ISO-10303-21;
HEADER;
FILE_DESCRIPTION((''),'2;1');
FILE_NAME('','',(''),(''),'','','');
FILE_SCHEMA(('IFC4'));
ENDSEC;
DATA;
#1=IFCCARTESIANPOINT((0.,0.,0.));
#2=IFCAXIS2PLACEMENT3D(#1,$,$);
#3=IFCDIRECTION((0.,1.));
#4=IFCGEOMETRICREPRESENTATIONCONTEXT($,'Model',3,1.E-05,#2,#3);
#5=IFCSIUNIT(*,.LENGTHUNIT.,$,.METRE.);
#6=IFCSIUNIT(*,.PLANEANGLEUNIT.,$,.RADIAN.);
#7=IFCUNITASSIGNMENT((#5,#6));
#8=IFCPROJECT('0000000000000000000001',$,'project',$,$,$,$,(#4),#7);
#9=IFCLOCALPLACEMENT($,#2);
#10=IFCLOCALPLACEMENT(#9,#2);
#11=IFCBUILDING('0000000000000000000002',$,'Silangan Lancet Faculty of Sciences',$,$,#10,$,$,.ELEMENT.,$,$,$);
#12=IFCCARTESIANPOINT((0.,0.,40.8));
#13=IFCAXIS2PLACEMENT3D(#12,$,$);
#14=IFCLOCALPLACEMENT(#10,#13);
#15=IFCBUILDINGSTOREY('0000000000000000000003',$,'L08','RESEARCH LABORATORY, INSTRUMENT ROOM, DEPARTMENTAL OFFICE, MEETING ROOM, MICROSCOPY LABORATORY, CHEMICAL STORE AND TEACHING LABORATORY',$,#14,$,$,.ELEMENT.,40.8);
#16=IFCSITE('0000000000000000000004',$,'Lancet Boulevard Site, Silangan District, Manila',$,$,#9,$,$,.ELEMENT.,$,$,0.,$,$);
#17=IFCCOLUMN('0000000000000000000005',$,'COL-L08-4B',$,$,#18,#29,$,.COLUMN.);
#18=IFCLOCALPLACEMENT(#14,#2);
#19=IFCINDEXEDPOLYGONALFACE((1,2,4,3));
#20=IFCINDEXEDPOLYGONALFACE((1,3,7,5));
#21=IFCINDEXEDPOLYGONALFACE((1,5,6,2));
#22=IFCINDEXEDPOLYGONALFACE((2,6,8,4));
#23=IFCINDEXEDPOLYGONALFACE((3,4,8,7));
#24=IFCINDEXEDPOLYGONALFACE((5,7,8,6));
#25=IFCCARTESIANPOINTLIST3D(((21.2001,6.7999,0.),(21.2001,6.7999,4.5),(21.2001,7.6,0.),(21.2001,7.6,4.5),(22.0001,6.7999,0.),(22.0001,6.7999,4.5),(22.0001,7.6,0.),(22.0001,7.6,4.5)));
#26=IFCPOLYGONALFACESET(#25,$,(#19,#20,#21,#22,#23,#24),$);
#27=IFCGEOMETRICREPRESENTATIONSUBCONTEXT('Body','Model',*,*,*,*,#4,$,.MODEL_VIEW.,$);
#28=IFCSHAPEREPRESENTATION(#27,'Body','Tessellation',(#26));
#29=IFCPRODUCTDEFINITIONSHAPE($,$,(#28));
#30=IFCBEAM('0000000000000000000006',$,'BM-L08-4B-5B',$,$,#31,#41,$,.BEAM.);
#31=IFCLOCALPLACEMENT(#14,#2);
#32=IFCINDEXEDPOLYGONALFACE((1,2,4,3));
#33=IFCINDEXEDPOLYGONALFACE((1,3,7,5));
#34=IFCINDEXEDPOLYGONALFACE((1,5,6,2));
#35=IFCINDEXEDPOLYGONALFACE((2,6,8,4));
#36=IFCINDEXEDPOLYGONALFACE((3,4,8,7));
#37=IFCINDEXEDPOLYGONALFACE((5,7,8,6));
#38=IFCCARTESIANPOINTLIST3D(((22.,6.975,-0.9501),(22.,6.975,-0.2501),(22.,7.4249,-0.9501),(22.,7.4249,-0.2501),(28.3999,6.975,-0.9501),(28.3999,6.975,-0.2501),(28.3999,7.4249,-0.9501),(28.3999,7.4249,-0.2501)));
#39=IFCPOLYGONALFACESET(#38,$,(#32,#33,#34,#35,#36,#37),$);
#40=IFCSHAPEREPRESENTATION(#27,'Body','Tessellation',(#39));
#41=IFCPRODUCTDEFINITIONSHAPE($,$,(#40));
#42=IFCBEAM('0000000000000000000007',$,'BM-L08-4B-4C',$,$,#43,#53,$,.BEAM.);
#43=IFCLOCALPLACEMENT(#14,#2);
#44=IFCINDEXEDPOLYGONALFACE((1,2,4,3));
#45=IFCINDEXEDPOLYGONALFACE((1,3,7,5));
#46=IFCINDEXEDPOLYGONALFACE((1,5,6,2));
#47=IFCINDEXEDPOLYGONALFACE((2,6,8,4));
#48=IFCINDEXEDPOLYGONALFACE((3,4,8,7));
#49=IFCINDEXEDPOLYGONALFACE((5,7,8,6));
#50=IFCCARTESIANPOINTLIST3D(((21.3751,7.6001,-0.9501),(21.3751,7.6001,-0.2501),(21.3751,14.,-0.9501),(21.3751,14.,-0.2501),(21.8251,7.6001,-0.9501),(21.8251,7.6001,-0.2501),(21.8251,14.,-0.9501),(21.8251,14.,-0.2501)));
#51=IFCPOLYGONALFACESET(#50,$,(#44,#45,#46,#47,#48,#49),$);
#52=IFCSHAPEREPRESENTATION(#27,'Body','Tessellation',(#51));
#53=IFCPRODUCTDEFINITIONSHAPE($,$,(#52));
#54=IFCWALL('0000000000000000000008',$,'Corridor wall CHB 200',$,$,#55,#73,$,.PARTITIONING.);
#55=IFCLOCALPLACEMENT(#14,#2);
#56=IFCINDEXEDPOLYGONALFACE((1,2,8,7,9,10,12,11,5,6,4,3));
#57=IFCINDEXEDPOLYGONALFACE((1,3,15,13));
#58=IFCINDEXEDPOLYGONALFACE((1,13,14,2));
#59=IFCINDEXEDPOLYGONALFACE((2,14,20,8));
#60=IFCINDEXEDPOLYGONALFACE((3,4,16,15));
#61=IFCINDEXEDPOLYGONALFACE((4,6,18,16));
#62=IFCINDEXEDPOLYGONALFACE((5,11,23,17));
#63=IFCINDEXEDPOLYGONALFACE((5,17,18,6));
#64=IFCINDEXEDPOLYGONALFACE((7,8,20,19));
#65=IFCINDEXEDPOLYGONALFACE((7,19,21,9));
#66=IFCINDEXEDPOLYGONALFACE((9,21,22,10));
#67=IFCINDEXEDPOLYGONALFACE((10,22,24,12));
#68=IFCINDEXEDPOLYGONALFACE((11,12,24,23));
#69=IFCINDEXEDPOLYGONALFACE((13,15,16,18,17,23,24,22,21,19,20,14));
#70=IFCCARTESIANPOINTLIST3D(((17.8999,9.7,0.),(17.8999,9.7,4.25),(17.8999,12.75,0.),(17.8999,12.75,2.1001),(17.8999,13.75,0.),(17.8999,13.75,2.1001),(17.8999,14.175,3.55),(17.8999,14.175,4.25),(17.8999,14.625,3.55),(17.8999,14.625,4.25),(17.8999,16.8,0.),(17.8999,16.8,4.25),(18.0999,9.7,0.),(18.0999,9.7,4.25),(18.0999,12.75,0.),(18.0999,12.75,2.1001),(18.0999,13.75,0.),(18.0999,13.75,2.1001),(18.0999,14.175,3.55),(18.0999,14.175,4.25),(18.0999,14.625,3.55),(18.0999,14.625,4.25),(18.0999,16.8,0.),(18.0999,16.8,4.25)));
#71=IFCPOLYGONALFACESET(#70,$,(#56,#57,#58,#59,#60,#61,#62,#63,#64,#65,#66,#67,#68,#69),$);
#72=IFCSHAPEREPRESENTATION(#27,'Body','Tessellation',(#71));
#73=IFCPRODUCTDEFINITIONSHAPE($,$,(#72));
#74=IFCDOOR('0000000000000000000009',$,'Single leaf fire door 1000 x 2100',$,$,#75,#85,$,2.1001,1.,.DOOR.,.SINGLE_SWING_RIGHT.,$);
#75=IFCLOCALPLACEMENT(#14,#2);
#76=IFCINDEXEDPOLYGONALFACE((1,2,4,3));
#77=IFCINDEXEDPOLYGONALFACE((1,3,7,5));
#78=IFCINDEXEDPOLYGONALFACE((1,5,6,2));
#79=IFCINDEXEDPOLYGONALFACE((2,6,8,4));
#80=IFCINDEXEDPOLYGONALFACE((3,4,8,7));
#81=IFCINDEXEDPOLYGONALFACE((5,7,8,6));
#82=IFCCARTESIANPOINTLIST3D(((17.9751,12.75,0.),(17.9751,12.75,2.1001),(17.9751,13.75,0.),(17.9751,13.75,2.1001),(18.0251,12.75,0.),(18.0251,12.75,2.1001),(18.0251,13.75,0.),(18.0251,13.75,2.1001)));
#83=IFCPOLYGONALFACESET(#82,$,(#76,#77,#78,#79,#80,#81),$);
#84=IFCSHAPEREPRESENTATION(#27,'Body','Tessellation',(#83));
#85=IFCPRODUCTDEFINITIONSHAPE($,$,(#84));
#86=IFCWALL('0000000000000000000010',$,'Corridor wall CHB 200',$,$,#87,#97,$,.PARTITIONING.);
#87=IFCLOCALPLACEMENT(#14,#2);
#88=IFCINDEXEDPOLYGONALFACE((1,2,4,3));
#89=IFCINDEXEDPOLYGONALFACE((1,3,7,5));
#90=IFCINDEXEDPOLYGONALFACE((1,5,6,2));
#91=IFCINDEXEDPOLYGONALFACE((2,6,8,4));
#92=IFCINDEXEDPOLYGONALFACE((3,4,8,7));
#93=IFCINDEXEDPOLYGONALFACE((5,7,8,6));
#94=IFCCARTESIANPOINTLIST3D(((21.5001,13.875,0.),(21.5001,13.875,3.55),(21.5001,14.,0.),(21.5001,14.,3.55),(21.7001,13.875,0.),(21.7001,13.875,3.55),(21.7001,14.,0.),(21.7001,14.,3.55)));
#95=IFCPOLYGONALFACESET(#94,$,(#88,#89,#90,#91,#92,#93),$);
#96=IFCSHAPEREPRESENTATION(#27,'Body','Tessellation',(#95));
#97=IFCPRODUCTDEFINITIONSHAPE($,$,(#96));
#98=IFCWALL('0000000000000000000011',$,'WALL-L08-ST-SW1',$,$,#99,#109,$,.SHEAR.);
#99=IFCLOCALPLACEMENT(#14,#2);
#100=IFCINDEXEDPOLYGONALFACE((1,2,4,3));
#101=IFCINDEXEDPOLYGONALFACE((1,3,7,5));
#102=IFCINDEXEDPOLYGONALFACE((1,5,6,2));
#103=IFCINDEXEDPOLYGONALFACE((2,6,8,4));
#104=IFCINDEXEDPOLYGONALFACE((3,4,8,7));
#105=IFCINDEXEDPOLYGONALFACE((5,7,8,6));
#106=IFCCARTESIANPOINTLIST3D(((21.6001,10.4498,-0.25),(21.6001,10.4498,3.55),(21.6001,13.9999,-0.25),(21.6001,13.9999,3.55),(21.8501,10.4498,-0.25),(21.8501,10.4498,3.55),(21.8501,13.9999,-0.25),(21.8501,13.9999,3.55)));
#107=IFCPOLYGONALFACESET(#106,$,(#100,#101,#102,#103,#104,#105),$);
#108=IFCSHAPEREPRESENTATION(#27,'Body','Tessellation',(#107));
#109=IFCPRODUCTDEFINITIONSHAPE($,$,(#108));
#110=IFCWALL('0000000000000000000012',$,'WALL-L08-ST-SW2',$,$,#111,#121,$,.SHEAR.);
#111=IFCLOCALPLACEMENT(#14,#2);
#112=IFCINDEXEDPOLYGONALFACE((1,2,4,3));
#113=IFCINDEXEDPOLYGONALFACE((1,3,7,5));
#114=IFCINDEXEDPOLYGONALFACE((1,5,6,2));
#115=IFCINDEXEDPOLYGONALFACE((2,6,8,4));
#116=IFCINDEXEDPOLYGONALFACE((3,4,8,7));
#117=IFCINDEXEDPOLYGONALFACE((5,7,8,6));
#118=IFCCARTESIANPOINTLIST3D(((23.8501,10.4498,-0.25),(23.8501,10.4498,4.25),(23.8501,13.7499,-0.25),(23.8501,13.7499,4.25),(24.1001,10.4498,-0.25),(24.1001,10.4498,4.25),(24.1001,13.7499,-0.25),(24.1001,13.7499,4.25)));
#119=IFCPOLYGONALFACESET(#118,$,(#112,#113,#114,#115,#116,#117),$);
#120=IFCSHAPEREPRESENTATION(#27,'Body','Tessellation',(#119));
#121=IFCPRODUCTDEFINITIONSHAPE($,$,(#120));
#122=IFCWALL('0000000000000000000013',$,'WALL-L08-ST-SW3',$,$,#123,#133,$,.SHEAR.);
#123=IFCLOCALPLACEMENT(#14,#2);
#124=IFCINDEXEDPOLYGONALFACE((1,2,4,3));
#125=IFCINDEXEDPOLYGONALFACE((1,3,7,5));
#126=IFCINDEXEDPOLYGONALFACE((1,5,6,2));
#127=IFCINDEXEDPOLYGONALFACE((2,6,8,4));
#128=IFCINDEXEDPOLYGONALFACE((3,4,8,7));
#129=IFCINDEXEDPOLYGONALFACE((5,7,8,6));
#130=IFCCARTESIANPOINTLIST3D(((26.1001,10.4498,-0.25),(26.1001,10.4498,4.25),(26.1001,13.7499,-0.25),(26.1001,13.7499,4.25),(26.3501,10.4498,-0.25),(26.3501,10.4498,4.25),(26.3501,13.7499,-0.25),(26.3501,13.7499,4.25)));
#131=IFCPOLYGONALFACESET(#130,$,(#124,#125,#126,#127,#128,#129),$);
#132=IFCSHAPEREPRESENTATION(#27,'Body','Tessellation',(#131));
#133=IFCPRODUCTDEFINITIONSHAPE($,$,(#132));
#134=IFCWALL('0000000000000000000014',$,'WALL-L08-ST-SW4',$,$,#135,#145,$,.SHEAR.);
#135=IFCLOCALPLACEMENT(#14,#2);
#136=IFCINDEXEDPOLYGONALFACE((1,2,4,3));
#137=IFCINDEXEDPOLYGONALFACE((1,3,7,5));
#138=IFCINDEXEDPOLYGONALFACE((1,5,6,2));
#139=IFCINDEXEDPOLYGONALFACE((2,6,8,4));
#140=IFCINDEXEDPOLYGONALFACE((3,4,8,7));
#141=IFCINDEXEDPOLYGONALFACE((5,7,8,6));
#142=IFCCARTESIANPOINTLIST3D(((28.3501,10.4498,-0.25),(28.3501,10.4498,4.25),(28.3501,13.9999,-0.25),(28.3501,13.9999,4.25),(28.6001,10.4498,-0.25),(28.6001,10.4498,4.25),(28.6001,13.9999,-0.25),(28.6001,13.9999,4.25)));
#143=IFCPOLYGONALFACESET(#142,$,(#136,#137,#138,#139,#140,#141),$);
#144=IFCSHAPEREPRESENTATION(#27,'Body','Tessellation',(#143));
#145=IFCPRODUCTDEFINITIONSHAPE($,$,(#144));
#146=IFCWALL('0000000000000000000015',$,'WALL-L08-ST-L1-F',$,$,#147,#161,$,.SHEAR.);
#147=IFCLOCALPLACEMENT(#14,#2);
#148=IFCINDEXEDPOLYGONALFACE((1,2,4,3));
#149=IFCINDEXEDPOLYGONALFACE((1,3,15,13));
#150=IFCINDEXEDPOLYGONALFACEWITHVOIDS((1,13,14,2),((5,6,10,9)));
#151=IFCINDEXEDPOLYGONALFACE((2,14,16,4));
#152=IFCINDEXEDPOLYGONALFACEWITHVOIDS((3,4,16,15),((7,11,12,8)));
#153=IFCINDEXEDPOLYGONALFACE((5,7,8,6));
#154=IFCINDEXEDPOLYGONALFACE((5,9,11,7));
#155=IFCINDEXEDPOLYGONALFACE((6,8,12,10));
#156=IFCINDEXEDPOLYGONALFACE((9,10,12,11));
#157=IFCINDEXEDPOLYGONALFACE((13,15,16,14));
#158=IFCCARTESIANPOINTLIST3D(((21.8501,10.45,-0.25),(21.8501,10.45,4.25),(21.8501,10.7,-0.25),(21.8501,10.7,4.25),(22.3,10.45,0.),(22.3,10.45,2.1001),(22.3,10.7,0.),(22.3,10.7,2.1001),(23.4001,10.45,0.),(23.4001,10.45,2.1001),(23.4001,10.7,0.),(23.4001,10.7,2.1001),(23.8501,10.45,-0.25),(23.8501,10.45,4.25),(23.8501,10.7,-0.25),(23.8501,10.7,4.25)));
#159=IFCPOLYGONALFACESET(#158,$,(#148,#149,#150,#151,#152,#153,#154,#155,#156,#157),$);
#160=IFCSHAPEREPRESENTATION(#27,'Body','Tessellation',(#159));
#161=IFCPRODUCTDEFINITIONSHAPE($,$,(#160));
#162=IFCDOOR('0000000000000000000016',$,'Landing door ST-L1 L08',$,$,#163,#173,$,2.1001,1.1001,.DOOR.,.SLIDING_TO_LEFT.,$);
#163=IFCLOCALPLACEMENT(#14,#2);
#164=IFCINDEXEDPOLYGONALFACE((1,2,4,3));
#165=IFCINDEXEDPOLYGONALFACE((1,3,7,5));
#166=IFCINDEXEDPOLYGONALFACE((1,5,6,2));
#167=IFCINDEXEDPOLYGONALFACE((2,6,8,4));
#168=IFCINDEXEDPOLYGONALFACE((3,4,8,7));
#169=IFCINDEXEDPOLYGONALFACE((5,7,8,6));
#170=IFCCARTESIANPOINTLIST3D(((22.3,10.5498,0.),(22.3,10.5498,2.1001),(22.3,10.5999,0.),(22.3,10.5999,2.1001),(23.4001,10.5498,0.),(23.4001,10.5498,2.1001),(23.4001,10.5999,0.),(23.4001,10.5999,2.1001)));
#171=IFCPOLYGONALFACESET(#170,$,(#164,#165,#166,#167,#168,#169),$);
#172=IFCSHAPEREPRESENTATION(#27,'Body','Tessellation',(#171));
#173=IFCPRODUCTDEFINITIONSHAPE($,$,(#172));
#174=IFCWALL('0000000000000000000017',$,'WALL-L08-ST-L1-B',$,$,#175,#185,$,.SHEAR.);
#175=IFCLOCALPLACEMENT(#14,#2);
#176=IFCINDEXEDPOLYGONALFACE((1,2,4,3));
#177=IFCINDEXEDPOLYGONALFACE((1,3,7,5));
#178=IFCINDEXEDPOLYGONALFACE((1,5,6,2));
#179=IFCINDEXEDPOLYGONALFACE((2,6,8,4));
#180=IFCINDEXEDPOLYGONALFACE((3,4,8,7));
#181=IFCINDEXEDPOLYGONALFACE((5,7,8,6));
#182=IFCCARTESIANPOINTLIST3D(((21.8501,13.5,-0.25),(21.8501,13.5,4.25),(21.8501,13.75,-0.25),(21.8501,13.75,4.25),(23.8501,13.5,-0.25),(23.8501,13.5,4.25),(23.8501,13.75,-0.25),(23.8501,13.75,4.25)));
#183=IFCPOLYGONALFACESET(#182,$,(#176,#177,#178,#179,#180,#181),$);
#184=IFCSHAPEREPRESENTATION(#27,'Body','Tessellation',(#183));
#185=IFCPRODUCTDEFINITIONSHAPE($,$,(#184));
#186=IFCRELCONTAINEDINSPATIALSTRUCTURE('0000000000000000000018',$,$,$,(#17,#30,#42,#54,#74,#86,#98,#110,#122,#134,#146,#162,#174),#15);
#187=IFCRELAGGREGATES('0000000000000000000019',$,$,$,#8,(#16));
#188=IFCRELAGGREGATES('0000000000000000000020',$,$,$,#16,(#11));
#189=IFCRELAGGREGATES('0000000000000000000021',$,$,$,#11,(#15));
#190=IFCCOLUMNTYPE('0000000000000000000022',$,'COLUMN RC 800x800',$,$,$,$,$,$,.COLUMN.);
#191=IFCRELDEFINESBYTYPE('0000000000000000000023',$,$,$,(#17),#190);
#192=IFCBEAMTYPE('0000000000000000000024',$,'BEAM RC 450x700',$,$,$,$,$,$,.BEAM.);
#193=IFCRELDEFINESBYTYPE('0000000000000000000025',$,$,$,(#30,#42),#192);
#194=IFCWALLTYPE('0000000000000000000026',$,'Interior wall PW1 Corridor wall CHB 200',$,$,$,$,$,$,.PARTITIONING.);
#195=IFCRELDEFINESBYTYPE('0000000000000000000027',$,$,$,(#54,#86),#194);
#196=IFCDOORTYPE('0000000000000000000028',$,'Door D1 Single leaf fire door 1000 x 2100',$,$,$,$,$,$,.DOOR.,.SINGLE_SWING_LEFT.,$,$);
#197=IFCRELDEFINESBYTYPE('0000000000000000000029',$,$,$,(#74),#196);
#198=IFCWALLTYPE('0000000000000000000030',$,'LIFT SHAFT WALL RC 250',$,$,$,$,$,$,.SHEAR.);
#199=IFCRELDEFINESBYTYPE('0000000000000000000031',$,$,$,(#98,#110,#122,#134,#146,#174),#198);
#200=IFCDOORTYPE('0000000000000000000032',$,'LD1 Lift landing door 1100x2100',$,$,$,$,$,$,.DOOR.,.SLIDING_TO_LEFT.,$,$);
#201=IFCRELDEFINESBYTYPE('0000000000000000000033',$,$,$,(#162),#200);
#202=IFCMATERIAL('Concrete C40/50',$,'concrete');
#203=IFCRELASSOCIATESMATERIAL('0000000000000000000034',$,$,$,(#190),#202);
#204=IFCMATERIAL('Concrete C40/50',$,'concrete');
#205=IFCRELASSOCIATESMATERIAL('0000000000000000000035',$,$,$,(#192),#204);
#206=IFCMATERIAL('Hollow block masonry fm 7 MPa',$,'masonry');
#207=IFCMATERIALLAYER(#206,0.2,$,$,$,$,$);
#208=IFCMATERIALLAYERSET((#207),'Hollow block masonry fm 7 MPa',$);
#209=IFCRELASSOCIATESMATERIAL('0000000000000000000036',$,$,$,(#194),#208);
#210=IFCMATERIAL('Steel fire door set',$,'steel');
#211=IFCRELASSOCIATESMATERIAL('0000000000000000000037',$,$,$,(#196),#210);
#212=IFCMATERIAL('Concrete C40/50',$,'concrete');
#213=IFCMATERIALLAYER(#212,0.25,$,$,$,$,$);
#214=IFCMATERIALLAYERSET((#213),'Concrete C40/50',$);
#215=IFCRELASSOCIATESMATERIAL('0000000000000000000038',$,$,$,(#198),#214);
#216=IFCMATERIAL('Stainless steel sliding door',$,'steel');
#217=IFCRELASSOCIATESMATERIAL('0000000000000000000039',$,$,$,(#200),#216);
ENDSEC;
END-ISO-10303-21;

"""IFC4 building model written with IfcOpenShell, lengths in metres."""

from ifc_helpers import new_model, si_unit, direction, frame, frame_2d, origin, origin_2d, place, context, subcontext, project, spatial, polyline, rectangle, outline, extrude, material, layer, layer_set, material_profile, profile_set, type_object, element, fill, save


model = new_model("IFC4")

# Units and contexts
model_context = context("Model", 3, precision=1e-05, world=origin(), true_north=direction((0.0, 1.0)))
body_context = subcontext(model_context, "Body", "Model", "MODEL_VIEW")
ifc_project = project(units=[si_unit("LENGTHUNIT", "METRE"), si_unit("PLANEANGLEUNIT", "RADIAN")], contexts=[model_context])

# Site, building, storey
site_placement = place(None, origin())
site = spatial("IfcSite", under=ifc_project, at=site_placement, Name="Lancet Boulevard Site, Silangan District, Manila", CompositionType="ELEMENT", RefElevation=0.0)
building_placement = place(site_placement, origin())
building = spatial("IfcBuilding", under=site, at=building_placement, Name="Silangan Lancet Faculty of Sciences", CompositionType="ELEMENT")
storey_placement = place(building_placement, frame((0.0, 0.0, 40.8)))
storey = spatial("IfcBuildingStorey", under=building, at=storey_placement, Name="L08", Description="RESEARCH LABORATORY, INSTRUMENT ROOM, DEPARTMENTAL OFFICE, MEETING ROOM, MICROSCOPY LABORATORY, CHEMICAL STORE AND TEACHING LABORATORY", CompositionType="ELEMENT", Elevation=40.8)

# Column
ifc_material_1 = material(Name="Concrete C40/50", Category="concrete")
ifc_material_profile_1 = material_profile(ifc_material_1, rectangle(XDim=0.8, YDim=0.8, at=origin_2d()), Name="RC 800x800")
ifc_profile_set_1 = profile_set([ifc_material_profile_1], Name="Concrete C40/50")
column_type = type_object("IfcColumnType", Name="COLUMN RC 800x800", PredefinedType="COLUMN", material=ifc_profile_set_1)
column_placement = place(storey_placement, frame((21.6001, 7.2, 0.0), z_axis=(0.0, 0.0, 1.0), x_axis=(1.0, 0.0, 0.0)))
element("IfcColumn", 1, at=column_placement, inside=storey, type_object=column_type, Name="COL-L08-4B", PredefinedType="COLUMN", context=body_context, shape_type="SweptSolid", body=[
    extrude(rectangle(XDim=0.8, YDim=0.8, at=origin_2d()), origin(), (0.0, 0.0, 1.0), 4.5),
])

# Beams
ifc_material_2 = material(Name="Concrete C40/50", Category="concrete")
ifc_material_profile_2 = material_profile(ifc_material_2, rectangle(XDim=0.45, YDim=0.7, at=origin_2d()), Name="RC 450x700")
ifc_profile_set_2 = profile_set([ifc_material_profile_2], Name="Concrete C40/50")
beam_type = type_object("IfcBeamType", Name="BEAM RC 450x700", PredefinedType="BEAM", material=ifc_profile_set_2)
for number, where, z_axis, x_axis, name in (
    (2, (22.0, 7.2, -0.6001), (1.0, 0.0, 0.0), (0.0, 1.0, 0.0), "BM-L08-4B-5B"),
    (3, (21.6001, 7.6001, -0.6001), (0.0, 1.0, 0.0), (-1.0, 0.0, 0.0), "BM-L08-4B-4C"),
):
    element("IfcBeam", number, at=place(storey_placement, frame(where, z_axis=z_axis, x_axis=x_axis)), inside=storey, type_object=beam_type, Name=name, PredefinedType="BEAM", context=body_context, shape_type="SweptSolid", body=[
        extrude(rectangle(XDim=0.45, YDim=0.7, at=origin_2d()), origin(), (0.0, 0.0, 1.0), 6.3999),
    ])

# Wall, opening, door
ifc_material_3 = material(Name="Hollow block masonry fm 7 MPa", Category="masonry")
ifc_layer_1 = layer(ifc_material_3, 0.2)
ifc_layer_set_1 = layer_set([ifc_layer_1], Name="Hollow block masonry fm 7 MPa")
wall_type_1 = type_object("IfcWallType", Name="Interior wall PW1 Corridor wall CHB 200", PredefinedType="PARTITIONING", material=ifc_layer_set_1)
wall_1_placement = place(storey_placement, frame((18.0, 9.7, 0.0), z_axis=(0.0, 0.0, 1.0), x_axis=(0.0, 1.0, 0.0)))
wall_1 = element("IfcWall", 4, at=wall_1_placement, inside=storey, type_object=wall_type_1, Name="Corridor wall CHB 200", PredefinedType="PARTITIONING", context=body_context, shape_type="SweptSolid", body=[
    extrude(outline(polyline([(0.0, 0.0), (7.1001, 0.0), (7.1001, 4.25), (4.925, 4.25), (4.925, 3.55), (4.4751, 3.55), (4.4751, 4.25), (0.0, 4.25), (0.0, 0.0)])), frame((0.0, 0.1001, 0.0), z_axis=(0.0, -1.0, 0.0), x_axis=(1.0, 0.0, 0.0)), (0.0, 0.0, 1.0), 0.2),
])
opening_1_placement = place(wall_1_placement, frame((3.05, 0.0, 0.0)))
opening_1 = element("IfcOpeningElement", 5, at=opening_1_placement, cuts=wall_1, PredefinedType="OPENING", context=body_context, shape_type="SweptSolid", body=[
    extrude(rectangle(XDim=1.0, YDim=2.1001, at=frame_2d((0.5, 1.05))), frame((0.0, 0.1099, 0.0), z_axis=(0.0, -1.0, 0.0), x_axis=(1.0, 0.0, 0.0)), (0.0, 0.0, 1.0), 0.22),
])
ifc_material_4 = material(Name="Steel fire door set", Category="steel")
door_type_1 = type_object("IfcDoorType", Name="Door D1 Single leaf fire door 1000 x 2100", OperationType="SINGLE_SWING_LEFT", PredefinedType="DOOR", material=ifc_material_4)
door_1_placement = place(opening_1_placement, origin())
door_1 = element("IfcDoor", 6, at=door_1_placement, inside=storey, type_object=door_type_1, Name="Single leaf fire door 1000 x 2100", OperationType="SINGLE_SWING_RIGHT", OverallHeight=2.1001, OverallWidth=1.0, PredefinedType="DOOR", context=body_context, shape_type="SweptSolid", body=[
    extrude(rectangle(XDim=1.0, YDim=2.1001, at=frame_2d((0.5, 1.05))), frame((0.0, 0.0249, 0.0), z_axis=(0.0, -1.0, 0.0), x_axis=(1.0, 0.0, 0.0)), (0.0, 0.0, 1.0), 0.05),
])
fill(opening_1, door_1)

# Wall
wall_2_placement = place(storey_placement, frame((21.6001, 13.875, 0.0), z_axis=(0.0, 0.0, 1.0), x_axis=(0.0, 1.0, 0.0)))
element("IfcWall", 7, at=wall_2_placement, inside=storey, type_object=wall_type_1, Name="Corridor wall CHB 200", PredefinedType="PARTITIONING", context=body_context, shape_type="SweptSolid", body=[
    extrude(rectangle(XDim=0.125, YDim=0.2, at=frame_2d((0.0625, 0.0))), origin(), (0.0, 0.0, 1.0), 3.55),
])

# Walls
ifc_material_5 = material(Name="Concrete C40/50", Category="concrete")
ifc_layer_2 = layer(ifc_material_5, 0.25)
ifc_layer_set_2 = layer_set([ifc_layer_2], Name="Concrete C40/50")
wall_type_2 = type_object("IfcWallType", Name="LIFT SHAFT WALL RC 250", PredefinedType="SHEAR", material=ifc_layer_set_2)
wall_3_placement = place(storey_placement, frame((21.7251, 10.45, -0.25), z_axis=(0.0, 0.0, 1.0), x_axis=(0.0, 1.0, 0.0)))
element("IfcWall", 8, at=wall_3_placement, inside=storey, type_object=wall_type_2, Name="WALL-L08-ST-SW1", PredefinedType="SHEAR", context=body_context, shape_type="SweptSolid", body=[
    extrude(rectangle(XDim=3.55, YDim=0.25, at=frame_2d((1.7749, 0.0))), origin(), (0.0, 0.0, 1.0), 3.8),
])
for number, where, z_axis, x_axis, name in (
    (9, (23.9751, 10.45, -0.25), (0.0, 0.0, 1.0), (0.0, 1.0, 0.0), "WALL-L08-ST-SW2"),
    (10, (26.2251, 10.45, -0.25), (0.0, 0.0, 1.0), (0.0, 1.0, 0.0), "WALL-L08-ST-SW3"),
):
    element("IfcWall", number, at=place(storey_placement, frame(where, z_axis=z_axis, x_axis=x_axis)), inside=storey, type_object=wall_type_2, Name=name, PredefinedType="SHEAR", context=body_context, shape_type="SweptSolid", body=[
        extrude(rectangle(XDim=3.3, YDim=0.25, at=frame_2d((1.6499, 0.0))), origin(), (0.0, 0.0, 1.0), 4.5),
    ])
wall_4_placement = place(storey_placement, frame((28.4751, 10.45, -0.25), z_axis=(0.0, 0.0, 1.0), x_axis=(0.0, 1.0, 0.0)))
element("IfcWall", 11, at=wall_4_placement, inside=storey, type_object=wall_type_2, Name="WALL-L08-ST-SW4", PredefinedType="SHEAR", context=body_context, shape_type="SweptSolid", body=[
    extrude(rectangle(XDim=3.55, YDim=0.25, at=frame_2d((1.7749, 0.0))), origin(), (0.0, 0.0, 1.0), 4.5),
])

# Wall, opening, door
wall_5_placement = place(storey_placement, frame((21.8501, 10.575, -0.25), z_axis=(0.0, 0.0, 1.0), x_axis=(1.0, 0.0, 0.0)))
wall_5 = element("IfcWall", 12, at=wall_5_placement, inside=storey, type_object=wall_type_2, Name="WALL-L08-ST-L1-F", PredefinedType="SHEAR", context=body_context, shape_type="SweptSolid", body=[
    extrude(rectangle(XDim=2.0, YDim=0.25, at=frame_2d((1.0, 0.0))), origin(), (0.0, 0.0, 1.0), 4.5),
])
opening_2_placement = place(wall_5_placement, frame((0.45, 0.0, 0.25)))
opening_2 = element("IfcOpeningElement", 13, at=opening_2_placement, cuts=wall_5, PredefinedType="OPENING", context=body_context, shape_type="SweptSolid", body=[
    extrude(rectangle(XDim=1.1001, YDim=2.1001, at=frame_2d((0.55, 1.05))), frame((0.0, 0.135, 0.0), z_axis=(0.0, -1.0, 0.0), x_axis=(1.0, 0.0, 0.0)), (0.0, 0.0, 1.0), 0.27),
])
ifc_material_6 = material(Name="Stainless steel sliding door", Category="steel")
door_type_2 = type_object("IfcDoorType", Name="LD1 Lift landing door 1100x2100", OperationType="SLIDING_TO_LEFT", PredefinedType="DOOR", material=ifc_material_6)
door_2_placement = place(opening_2_placement, origin())
door_2 = element("IfcDoor", 14, at=door_2_placement, inside=storey, type_object=door_type_2, Name="Landing door ST-L1 L08", OperationType="SLIDING_TO_LEFT", OverallHeight=2.1001, OverallWidth=1.1001, PredefinedType="DOOR", context=body_context, shape_type="SweptSolid", body=[
    extrude(rectangle(XDim=1.1001, YDim=2.1001, at=frame_2d((0.55, 1.05))), frame((0.0, 0.0249, 0.0), z_axis=(0.0, -1.0, 0.0), x_axis=(1.0, 0.0, 0.0)), (0.0, 0.0, 1.0), 0.05),
])
fill(opening_2, door_2)

# Wall
wall_6_placement = place(storey_placement, frame((21.8501, 13.625, -0.25), z_axis=(0.0, 0.0, 1.0), x_axis=(1.0, 0.0, 0.0)))
element("IfcWall", 15, at=wall_6_placement, inside=storey, type_object=wall_type_2, Name="WALL-L08-ST-L1-B", PredefinedType="SHEAR", context=body_context, shape_type="SweptSolid", body=[
    extrude(rectangle(XDim=2.0, YDim=0.25, at=frame_2d((1.0, 0.0))), origin(), (0.0, 0.0, 1.0), 4.5),
])

save(model, "model.ifc")
